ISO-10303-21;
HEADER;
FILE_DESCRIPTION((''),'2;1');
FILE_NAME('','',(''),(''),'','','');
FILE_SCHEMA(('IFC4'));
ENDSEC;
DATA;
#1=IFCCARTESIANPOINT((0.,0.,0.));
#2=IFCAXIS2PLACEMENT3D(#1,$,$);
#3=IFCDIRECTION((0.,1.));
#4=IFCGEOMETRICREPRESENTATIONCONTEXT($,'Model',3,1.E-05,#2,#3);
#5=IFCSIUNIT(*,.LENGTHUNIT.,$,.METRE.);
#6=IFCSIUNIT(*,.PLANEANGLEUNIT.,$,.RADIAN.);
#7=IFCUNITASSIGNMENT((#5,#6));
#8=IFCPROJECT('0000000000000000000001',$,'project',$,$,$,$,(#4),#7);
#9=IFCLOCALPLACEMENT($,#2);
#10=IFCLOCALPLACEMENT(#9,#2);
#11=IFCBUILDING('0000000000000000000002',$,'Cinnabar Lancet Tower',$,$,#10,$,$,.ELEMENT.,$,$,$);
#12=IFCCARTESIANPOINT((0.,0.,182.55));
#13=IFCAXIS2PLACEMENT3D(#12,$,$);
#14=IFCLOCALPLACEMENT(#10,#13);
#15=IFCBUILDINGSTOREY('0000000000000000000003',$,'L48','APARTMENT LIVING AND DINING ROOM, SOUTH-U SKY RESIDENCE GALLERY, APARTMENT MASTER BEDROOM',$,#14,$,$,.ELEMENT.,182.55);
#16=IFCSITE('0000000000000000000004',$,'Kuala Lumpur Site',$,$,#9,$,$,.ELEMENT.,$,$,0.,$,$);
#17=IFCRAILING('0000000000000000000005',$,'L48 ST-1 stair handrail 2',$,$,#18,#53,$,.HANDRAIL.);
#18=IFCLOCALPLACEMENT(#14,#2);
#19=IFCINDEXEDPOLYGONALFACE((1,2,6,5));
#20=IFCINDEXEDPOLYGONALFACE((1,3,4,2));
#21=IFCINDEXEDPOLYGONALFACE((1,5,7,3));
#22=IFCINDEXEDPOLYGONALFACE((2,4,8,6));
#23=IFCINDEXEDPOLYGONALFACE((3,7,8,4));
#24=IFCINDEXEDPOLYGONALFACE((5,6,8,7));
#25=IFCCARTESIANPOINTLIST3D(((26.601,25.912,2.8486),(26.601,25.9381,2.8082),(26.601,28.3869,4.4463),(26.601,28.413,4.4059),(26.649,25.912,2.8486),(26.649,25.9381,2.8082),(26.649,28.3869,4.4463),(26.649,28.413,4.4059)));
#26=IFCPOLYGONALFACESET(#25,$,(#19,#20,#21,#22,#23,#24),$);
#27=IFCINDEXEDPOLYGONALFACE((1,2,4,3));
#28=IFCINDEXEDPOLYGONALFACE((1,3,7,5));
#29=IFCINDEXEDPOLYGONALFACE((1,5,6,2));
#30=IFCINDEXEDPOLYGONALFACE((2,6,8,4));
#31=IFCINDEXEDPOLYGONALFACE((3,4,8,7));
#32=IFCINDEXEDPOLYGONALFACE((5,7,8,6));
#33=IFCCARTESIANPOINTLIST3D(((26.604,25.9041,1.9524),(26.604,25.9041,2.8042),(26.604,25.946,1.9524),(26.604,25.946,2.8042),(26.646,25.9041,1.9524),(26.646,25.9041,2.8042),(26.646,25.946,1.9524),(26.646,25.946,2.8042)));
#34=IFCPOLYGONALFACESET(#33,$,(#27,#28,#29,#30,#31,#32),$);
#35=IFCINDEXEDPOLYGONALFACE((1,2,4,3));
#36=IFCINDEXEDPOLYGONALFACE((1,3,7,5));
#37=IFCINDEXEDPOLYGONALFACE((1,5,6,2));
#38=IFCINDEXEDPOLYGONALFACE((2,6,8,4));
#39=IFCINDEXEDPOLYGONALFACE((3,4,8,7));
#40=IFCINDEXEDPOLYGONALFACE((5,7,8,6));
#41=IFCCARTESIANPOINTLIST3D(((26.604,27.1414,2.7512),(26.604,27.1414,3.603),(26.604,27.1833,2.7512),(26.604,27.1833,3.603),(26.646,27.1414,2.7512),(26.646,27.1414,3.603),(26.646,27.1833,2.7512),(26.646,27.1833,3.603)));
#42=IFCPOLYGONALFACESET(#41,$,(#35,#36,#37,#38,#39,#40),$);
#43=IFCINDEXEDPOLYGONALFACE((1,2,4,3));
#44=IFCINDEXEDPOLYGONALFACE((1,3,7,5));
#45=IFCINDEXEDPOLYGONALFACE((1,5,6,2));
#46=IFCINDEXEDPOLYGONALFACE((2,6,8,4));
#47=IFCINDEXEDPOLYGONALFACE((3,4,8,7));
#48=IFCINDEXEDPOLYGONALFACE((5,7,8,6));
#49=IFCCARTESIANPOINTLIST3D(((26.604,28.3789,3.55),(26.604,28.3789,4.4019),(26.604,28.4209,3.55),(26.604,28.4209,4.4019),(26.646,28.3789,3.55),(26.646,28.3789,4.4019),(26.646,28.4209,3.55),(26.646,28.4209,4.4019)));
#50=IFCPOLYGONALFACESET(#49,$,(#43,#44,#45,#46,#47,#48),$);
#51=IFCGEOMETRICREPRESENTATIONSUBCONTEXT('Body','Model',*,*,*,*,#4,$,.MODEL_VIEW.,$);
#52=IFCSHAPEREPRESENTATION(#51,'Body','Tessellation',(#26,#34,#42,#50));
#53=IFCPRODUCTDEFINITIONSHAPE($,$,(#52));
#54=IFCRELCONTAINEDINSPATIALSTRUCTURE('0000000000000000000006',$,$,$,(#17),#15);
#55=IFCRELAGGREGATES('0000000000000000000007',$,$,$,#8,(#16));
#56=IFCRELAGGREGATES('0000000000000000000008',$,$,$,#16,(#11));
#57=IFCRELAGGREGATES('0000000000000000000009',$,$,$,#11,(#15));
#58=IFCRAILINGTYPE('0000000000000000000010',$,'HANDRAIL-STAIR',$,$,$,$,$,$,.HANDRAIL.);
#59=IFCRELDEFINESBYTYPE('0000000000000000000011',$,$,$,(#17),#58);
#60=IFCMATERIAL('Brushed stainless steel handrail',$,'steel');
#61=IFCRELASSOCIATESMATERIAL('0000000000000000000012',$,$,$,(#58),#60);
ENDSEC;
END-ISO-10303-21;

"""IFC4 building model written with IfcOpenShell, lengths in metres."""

from ifc_helpers import new_model, si_unit, direction, frame, origin, origin_2d, place, context, subcontext, project, spatial, rectangle, extrude, material, type_object, element, save


model = new_model("IFC4")

# Units and contexts
model_context = context("Model", 3, precision=1e-05, world=origin(), true_north=direction((0.0, 1.0)))
body_context = subcontext(model_context, "Body", "Model", "MODEL_VIEW")
ifc_project = project(units=[si_unit("LENGTHUNIT", "METRE"), si_unit("PLANEANGLEUNIT", "RADIAN")], contexts=[model_context])

# Site, building, storey
site_placement = place(None, origin())
site = spatial("IfcSite", under=ifc_project, at=site_placement, Name="Kuala Lumpur Site", CompositionType="ELEMENT", RefElevation=0.0)
building_placement = place(site_placement, origin())
building = spatial("IfcBuilding", under=site, at=building_placement, Name="Cinnabar Lancet Tower", CompositionType="ELEMENT")
storey_placement = place(building_placement, frame((0.0, 0.0, 182.55)))
storey = spatial("IfcBuildingStorey", under=building, at=storey_placement, Name="L48", Description="APARTMENT LIVING AND DINING ROOM, SOUTH-U SKY RESIDENCE GALLERY, APARTMENT MASTER BEDROOM", CompositionType="ELEMENT", Elevation=182.55)

# Railing
ifc_material_1 = material(Name="Brushed stainless steel handrail", Category="steel")
railing_type_1 = type_object("IfcRailingType", Name="HANDRAIL-STAIR", PredefinedType="HANDRAIL", material=ifc_material_1)
railing_1_placement = place(storey_placement, frame((26.625, 25.925, 1.9524)))
element("IfcRailing", 1, at=railing_1_placement, inside=storey, type_object=railing_type_1, Name="L48 ST-1 stair handrail 2", PredefinedType="HANDRAIL", context=body_context, shape_type="SweptSolid", body=[
    extrude(rectangle(XDim=0.0481, YDim=0.0481, at=origin_2d()), frame((0.0, 0.0, 0.876), z_axis=(0.0, 0.840146, 0.542361), x_axis=(-1.0, 0.0, 0.0)), (0.0, 0.0, 1.0), 2.9458),
    extrude(rectangle(XDim=0.042, YDim=0.042, at=origin_2d()), origin(), (0.0, 0.0, 1.0), 0.8518),
    extrude(rectangle(XDim=0.042, YDim=0.042, at=origin_2d()), frame((0.0, 1.2373, 0.7988)), (0.0, 0.0, 1.0), 0.8518),
    extrude(rectangle(XDim=0.042, YDim=0.042, at=origin_2d()), frame((0.0, 2.4749, 1.5977)), (0.0, 0.0, 1.0), 0.8518),
])

save(model, "model.ifc")
